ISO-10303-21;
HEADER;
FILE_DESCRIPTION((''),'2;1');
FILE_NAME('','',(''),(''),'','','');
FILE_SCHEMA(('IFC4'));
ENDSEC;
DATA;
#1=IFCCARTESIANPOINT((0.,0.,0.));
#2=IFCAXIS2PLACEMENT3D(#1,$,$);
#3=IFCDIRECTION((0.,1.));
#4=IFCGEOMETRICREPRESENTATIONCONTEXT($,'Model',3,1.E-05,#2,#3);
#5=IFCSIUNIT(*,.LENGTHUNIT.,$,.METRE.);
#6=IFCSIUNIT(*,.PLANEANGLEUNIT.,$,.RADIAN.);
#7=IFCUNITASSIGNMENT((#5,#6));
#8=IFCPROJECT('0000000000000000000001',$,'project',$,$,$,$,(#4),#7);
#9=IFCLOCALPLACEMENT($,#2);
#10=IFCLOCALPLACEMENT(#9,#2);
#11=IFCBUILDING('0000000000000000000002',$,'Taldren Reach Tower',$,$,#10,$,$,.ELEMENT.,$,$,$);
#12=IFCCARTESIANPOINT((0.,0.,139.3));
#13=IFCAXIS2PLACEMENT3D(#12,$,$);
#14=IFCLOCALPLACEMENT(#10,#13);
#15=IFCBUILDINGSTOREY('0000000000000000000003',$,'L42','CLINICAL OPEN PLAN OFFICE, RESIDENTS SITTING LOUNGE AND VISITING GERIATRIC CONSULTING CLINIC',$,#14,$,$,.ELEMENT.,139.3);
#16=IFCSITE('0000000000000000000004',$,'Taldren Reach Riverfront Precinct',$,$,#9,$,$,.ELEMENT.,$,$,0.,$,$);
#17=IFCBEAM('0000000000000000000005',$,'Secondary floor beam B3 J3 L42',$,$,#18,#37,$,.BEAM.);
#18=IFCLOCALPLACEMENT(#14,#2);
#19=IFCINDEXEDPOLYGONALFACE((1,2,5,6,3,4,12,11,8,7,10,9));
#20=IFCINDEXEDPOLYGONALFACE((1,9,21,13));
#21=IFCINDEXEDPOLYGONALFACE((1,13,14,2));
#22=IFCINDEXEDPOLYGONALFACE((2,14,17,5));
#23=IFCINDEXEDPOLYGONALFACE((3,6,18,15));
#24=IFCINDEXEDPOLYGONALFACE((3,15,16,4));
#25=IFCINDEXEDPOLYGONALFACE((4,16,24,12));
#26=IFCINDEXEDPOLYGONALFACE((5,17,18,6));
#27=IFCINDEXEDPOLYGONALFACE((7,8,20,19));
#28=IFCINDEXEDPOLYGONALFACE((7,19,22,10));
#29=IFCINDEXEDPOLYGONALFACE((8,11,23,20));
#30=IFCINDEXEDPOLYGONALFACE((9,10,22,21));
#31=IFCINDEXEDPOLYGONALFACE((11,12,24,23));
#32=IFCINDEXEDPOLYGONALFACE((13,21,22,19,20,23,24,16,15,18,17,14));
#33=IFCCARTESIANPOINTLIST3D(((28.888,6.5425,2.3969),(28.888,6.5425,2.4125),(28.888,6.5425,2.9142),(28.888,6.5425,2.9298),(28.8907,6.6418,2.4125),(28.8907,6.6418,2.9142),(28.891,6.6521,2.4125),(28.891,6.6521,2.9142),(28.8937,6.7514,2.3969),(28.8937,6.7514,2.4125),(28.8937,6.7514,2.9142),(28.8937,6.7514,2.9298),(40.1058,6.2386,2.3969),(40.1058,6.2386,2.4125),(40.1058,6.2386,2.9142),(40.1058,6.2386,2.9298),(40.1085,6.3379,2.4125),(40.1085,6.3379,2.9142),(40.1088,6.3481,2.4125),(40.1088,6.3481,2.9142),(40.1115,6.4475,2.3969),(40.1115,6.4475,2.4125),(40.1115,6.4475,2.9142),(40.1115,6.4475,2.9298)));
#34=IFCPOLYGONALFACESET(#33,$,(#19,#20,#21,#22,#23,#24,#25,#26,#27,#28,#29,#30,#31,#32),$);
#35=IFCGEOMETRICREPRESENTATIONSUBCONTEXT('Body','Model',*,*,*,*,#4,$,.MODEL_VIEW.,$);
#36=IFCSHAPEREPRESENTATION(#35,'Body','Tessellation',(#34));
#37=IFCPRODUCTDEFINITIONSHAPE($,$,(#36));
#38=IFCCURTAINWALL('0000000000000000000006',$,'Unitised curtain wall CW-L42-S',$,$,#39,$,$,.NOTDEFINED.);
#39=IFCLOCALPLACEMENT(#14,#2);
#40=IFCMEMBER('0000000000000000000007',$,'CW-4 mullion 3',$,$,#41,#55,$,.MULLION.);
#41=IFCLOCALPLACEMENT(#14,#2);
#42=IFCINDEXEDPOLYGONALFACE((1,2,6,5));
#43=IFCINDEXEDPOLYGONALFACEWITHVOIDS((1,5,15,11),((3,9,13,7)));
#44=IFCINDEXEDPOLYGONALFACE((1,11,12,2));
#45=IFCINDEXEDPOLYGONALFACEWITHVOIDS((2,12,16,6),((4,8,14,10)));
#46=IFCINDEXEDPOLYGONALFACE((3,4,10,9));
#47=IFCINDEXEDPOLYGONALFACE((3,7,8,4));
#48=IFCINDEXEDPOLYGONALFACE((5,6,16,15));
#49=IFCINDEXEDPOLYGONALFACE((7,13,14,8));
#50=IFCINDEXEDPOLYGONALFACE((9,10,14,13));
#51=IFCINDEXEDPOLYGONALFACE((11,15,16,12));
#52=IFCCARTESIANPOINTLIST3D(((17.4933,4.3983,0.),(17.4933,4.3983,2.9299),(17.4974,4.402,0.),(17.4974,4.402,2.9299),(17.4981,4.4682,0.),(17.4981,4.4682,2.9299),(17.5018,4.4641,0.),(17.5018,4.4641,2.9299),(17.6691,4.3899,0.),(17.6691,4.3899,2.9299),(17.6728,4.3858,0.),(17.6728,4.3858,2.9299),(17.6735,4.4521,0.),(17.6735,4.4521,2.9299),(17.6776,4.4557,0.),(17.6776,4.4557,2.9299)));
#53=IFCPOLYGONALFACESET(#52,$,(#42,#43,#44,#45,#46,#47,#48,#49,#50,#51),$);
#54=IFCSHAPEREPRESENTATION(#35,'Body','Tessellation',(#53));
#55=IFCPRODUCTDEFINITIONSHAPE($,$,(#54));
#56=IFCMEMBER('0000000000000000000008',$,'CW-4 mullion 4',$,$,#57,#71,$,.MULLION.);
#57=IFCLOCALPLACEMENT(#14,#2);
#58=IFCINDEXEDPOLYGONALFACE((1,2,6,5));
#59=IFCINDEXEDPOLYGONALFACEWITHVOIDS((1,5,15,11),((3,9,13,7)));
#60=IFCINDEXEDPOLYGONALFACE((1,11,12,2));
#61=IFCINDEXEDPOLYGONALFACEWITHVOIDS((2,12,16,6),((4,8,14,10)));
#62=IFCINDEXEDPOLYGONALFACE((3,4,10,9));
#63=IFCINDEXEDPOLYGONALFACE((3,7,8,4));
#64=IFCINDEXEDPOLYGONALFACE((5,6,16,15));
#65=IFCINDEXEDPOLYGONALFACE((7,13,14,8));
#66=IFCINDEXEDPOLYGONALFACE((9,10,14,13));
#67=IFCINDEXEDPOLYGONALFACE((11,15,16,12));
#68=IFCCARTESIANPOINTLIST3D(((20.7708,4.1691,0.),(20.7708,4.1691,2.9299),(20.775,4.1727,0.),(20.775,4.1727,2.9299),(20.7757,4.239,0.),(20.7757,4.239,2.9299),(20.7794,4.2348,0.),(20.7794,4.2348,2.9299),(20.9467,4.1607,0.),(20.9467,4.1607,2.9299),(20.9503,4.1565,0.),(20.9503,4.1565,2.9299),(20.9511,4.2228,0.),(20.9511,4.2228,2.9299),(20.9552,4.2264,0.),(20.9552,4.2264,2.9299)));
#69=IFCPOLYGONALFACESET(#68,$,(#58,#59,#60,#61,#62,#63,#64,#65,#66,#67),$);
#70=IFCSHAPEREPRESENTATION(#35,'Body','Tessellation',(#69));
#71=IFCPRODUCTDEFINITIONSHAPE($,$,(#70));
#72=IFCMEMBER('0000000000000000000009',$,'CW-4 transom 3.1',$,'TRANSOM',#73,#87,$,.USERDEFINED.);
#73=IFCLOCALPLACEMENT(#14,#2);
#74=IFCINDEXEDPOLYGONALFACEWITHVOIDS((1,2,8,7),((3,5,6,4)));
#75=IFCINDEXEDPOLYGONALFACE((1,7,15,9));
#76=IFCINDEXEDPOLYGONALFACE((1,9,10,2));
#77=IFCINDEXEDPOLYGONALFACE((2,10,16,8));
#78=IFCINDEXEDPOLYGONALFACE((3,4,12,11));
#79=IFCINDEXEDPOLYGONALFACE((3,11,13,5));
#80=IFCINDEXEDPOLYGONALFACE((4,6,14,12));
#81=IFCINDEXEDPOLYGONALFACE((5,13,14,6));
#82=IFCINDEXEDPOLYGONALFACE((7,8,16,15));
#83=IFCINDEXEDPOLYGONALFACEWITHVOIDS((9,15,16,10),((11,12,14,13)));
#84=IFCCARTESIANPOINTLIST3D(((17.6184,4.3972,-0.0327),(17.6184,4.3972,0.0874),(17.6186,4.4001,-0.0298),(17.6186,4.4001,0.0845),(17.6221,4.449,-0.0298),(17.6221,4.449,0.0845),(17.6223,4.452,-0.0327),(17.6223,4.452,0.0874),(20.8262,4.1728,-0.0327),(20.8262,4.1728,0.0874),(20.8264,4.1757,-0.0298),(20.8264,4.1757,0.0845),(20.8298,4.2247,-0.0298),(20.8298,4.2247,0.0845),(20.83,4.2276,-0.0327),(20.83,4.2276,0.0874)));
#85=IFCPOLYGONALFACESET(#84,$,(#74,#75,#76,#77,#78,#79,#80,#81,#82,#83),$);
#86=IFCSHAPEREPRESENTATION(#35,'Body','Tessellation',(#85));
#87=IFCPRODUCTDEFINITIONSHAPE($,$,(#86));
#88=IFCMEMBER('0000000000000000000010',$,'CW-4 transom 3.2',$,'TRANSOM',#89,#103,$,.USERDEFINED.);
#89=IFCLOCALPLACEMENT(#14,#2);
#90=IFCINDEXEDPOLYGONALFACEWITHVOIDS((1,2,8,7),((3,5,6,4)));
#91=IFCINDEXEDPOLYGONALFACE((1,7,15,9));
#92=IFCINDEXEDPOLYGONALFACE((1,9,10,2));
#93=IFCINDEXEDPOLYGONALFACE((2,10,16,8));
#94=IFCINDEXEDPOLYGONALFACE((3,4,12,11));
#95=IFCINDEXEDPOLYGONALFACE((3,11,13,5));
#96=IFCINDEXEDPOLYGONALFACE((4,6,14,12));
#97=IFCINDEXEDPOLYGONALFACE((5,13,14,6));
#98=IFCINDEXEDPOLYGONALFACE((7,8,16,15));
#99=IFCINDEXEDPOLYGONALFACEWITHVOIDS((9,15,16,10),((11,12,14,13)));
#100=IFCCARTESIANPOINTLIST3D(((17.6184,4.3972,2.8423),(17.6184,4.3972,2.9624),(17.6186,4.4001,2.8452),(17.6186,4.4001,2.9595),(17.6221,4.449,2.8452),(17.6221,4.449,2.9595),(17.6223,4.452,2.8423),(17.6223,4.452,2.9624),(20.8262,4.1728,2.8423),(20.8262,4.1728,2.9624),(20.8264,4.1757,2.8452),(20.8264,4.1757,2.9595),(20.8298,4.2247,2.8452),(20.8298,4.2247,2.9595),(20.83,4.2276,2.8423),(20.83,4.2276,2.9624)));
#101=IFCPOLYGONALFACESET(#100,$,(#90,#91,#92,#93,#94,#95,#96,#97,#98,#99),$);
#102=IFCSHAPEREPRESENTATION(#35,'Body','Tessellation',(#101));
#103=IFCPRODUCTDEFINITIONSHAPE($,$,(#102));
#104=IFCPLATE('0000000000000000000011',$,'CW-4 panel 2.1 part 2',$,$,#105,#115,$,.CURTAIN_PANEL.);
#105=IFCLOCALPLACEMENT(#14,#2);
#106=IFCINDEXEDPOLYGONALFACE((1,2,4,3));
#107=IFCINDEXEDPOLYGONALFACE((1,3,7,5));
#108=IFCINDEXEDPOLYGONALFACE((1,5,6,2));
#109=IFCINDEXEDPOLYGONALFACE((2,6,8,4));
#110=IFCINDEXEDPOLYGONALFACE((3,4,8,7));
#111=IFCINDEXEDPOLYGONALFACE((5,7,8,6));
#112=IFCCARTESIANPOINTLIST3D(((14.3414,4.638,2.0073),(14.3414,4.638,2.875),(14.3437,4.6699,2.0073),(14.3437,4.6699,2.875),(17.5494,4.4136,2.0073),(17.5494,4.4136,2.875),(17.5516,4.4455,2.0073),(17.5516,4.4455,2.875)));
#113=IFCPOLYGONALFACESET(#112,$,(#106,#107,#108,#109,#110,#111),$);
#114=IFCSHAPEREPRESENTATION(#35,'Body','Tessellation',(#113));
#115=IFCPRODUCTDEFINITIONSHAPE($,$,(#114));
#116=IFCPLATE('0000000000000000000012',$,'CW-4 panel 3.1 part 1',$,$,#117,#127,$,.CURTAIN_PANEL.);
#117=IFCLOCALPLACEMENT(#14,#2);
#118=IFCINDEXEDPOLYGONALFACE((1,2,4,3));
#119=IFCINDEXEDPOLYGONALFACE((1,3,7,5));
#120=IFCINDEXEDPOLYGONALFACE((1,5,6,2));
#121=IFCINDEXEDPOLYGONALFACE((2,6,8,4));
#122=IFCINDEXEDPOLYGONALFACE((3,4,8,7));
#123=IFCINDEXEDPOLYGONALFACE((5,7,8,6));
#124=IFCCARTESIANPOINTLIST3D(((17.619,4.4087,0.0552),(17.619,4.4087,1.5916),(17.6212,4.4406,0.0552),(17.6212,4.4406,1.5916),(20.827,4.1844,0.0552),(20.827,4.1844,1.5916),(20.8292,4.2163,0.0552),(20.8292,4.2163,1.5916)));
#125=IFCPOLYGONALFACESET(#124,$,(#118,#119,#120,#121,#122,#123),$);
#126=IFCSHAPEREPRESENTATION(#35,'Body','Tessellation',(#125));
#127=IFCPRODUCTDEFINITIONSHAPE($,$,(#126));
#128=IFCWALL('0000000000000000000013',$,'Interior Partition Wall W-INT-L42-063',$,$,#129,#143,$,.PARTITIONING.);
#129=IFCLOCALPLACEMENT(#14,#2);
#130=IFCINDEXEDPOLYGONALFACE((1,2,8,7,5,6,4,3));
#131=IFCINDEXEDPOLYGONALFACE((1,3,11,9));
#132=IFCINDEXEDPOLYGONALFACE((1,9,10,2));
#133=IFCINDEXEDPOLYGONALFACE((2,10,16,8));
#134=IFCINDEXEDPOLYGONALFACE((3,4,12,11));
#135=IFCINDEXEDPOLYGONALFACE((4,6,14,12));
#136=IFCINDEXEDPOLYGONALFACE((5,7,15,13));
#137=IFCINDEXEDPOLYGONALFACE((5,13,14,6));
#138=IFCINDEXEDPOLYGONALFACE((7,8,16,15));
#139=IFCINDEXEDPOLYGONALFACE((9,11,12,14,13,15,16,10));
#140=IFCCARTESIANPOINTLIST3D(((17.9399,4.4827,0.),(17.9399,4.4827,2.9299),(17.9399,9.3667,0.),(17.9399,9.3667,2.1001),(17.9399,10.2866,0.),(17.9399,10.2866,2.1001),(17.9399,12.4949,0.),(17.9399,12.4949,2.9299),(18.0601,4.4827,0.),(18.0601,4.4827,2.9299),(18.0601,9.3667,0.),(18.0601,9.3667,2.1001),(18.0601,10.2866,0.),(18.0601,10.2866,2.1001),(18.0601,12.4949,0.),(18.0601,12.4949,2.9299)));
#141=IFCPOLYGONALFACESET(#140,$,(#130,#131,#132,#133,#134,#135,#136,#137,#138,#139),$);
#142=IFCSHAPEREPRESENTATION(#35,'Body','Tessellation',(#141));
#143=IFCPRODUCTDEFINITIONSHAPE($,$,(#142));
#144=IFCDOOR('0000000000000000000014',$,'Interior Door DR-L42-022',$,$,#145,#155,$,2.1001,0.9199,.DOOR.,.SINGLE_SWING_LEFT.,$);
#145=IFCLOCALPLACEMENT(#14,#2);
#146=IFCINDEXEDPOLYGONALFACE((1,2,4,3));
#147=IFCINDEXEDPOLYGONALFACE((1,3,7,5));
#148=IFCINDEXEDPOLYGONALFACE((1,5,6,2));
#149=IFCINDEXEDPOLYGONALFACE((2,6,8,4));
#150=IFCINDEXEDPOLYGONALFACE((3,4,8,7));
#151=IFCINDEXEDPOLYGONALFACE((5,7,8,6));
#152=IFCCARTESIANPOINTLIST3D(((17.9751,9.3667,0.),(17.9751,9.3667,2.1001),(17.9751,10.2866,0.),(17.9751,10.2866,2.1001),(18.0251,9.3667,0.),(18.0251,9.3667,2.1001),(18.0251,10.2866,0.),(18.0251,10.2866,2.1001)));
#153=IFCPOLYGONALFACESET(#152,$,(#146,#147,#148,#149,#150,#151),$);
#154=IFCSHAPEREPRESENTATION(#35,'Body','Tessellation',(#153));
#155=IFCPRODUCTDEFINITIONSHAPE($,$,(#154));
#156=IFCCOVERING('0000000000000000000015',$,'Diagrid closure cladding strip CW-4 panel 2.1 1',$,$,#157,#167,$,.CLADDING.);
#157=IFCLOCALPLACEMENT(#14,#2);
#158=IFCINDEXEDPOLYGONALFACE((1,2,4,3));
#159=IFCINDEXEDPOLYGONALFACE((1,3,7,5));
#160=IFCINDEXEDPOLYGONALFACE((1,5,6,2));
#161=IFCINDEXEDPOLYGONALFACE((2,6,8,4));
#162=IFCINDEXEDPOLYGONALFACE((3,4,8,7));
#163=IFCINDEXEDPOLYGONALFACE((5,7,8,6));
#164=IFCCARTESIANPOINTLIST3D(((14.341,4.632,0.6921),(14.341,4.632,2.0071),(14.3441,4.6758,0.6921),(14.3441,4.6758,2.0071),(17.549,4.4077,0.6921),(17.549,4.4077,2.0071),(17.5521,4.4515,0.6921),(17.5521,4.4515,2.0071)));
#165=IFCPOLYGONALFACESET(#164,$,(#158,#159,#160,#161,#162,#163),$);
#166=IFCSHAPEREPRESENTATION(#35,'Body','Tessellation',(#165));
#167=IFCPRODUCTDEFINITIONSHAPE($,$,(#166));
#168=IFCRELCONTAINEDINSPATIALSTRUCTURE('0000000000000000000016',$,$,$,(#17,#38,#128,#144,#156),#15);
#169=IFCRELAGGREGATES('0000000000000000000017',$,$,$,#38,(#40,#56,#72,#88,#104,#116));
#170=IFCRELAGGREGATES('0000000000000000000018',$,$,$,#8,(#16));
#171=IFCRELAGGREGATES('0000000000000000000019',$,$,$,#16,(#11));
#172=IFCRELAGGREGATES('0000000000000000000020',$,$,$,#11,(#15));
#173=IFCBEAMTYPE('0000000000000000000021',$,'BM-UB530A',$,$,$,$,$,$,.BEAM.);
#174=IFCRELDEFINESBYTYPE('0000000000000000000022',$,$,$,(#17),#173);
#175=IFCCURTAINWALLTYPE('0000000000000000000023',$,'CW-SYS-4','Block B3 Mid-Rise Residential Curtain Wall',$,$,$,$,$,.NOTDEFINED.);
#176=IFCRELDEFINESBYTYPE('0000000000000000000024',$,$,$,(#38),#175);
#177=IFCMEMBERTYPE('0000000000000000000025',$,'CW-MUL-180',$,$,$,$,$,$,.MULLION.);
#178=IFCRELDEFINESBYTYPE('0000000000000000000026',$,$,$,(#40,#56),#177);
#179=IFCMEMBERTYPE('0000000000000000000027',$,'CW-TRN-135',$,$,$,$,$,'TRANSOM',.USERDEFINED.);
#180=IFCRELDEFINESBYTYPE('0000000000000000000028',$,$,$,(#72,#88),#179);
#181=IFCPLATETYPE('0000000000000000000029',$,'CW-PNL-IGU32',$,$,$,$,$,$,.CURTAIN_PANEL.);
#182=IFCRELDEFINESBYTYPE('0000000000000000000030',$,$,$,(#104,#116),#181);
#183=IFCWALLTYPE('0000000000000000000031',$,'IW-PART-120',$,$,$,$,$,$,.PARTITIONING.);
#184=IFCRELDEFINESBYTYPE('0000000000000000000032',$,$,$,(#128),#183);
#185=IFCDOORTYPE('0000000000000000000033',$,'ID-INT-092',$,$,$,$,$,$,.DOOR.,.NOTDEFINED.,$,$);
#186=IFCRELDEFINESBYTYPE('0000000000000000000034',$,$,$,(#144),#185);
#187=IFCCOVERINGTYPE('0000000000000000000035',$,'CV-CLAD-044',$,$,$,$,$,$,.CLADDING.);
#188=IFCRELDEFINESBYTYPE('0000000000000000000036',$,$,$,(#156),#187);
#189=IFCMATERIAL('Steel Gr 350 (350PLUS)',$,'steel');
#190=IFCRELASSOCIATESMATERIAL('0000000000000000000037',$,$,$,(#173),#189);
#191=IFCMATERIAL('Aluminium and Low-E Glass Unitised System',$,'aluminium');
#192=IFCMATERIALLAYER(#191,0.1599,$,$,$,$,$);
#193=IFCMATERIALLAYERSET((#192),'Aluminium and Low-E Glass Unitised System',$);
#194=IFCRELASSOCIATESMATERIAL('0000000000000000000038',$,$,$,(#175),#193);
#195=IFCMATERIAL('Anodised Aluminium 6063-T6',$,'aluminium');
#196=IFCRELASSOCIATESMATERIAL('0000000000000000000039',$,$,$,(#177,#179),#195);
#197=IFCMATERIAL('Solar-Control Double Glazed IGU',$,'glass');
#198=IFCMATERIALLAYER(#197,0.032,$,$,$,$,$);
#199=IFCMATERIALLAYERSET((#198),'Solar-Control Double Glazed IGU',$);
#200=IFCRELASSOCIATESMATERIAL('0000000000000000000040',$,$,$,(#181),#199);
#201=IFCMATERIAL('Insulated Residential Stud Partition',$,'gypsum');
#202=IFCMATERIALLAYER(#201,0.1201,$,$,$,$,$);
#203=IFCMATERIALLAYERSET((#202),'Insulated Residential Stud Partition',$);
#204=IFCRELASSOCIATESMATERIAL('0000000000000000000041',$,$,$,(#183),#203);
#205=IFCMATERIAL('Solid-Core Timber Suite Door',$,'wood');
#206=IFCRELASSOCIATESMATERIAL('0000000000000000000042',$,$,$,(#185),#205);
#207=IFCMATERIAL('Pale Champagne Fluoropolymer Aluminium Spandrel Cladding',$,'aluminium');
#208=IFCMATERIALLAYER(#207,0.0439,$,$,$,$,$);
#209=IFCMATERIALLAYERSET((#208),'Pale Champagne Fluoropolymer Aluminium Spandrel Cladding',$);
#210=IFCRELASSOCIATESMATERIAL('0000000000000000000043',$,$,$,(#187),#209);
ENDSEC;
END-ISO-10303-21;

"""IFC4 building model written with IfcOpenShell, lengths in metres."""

from ifc_helpers import new_model, si_unit, direction, frame, frame_2d, origin, origin_2d, place, context, subcontext, project, spatial, rectangle, hollow_rectangle, i_section, extrude, source, transform, mapped, material, layer, layer_set, material_profile, profile_set, type_object, element, fill, aggregate, save


model = new_model("IFC4")

# Units and contexts
model_context = context("Model", 3, precision=1e-05, world=origin(), true_north=direction((0.0, 1.0)))
body_context = subcontext(model_context, "Body", "Model", "MODEL_VIEW")
ifc_project = project(units=[si_unit("LENGTHUNIT", "METRE"), si_unit("PLANEANGLEUNIT", "RADIAN")], contexts=[model_context])

# Site, building, storey
site_placement = place(None, origin())
site = spatial("IfcSite", under=ifc_project, at=site_placement, Name="Taldren Reach Riverfront Precinct", CompositionType="ELEMENT", RefElevation=0.0)
building_placement = place(site_placement, origin())
building = spatial("IfcBuilding", under=site, at=building_placement, Name="Taldren Reach Tower", CompositionType="ELEMENT")
storey_placement = place(building_placement, frame((0.0, 0.0, 139.3)))
storey = spatial("IfcBuildingStorey", under=building, at=storey_placement, Name="L42", Description="CLINICAL OPEN PLAN OFFICE, RESIDENTS SITTING LOUNGE AND VISITING GERIATRIC CONSULTING CLINIC", CompositionType="ELEMENT", Elevation=139.3)

# Shared definitions
ifc_material_1 = material(Name="Steel Gr 350 (350PLUS)", Category="steel")

# Beam
ifc_material_profile_1 = material_profile(ifc_material_1, i_section(OverallWidth=0.209, OverallDepth=0.533, WebThickness=0.0103, FlangeThickness=0.0156, at=origin_2d()), Name="530UB92.4")
ifc_profile_set_1 = profile_set([ifc_material_profile_1], Name="Steel Gr 350 (350PLUS)")
beam_type_1 = type_object("IfcBeamType", Name="BM-UB530A", PredefinedType="BEAM", material=ifc_profile_set_1)
shared_shape_1 = source(origin(), body_context, "Body", "SweptSolid", [
    extrude(i_section(OverallWidth=0.209, OverallDepth=0.533, WebThickness=0.0103, FlangeThickness=0.0156, at=origin_2d()), origin(), (0.0, 0.0, 1.0), 11.2219),
])
beam_1_placement = place(storey_placement, frame((28.8909, 6.647, 2.6633), z_axis=(0.999633, -0.027086, 0.0), x_axis=(0.027086, 0.999633, 0.0)))
element("IfcBeam", 1, at=beam_1_placement, inside=storey, type_object=beam_type_1, Name="Secondary floor beam B3 J3 L42", PredefinedType="BEAM", context=body_context, shape_type="MappedRepresentation", body=[
    mapped(shared_shape_1, transform((0.0, 0.0, 0.0), scale=1.0)),
])

# Curtain wall, members, plates
ifc_material_2 = material(Name="Aluminium and Low-E Glass Unitised System", Category="aluminium")
ifc_layer_1 = layer(ifc_material_2, 0.1599)
ifc_layer_set_1 = layer_set([ifc_layer_1], Name="Aluminium and Low-E Glass Unitised System")
curtain_wall_type = type_object("IfcCurtainWallType", Name="CW-SYS-4", Description="Block B3 Mid-Rise Residential Curtain Wall", PredefinedType="NOTDEFINED", material=ifc_layer_set_1)
curtain_wall_placement = place(storey_placement, origin())
curtain_wall = element("IfcCurtainWall", 2, at=curtain_wall_placement, inside=storey, type_object=curtain_wall_type, Name="Unitised curtain wall CW-L42-S", PredefinedType="NOTDEFINED")
ifc_material_3 = material(Name="Anodised Aluminium 6063-T6", Category="aluminium")
ifc_material_profile_2 = material_profile(ifc_material_3, hollow_rectangle(XDim=0.0701, YDim=0.1799, WallThickness=0.0039, at=origin_2d()), Name="ALU-180x70x4RHS")
ifc_profile_set_2 = profile_set([ifc_material_profile_2], Name="Anodised Aluminium 6063-T6")
member_type_1 = type_object("IfcMemberType", Name="CW-MUL-180", PredefinedType="MULLION", material=ifc_profile_set_2)
shared_shape_2 = source(origin(), body_context, "Body", "SweptSolid", [
    extrude(hollow_rectangle(XDim=0.0701, YDim=0.1799, WallThickness=0.0039, at=origin_2d()), origin(), (0.0, 0.0, 1.0), 2.9299),
])
member_1_placement = place(storey_placement, frame((17.5854, 4.427, 0.0), z_axis=(0.0, 0.0, 1.0), x_axis=(0.069757, 0.997564, 0.0)))
member_1 = element("IfcMember", 3, at=member_1_placement, type_object=member_type_1, Name="CW-4 mullion 3", PredefinedType="MULLION", context=body_context, shape_type="MappedRepresentation", body=[
    mapped(shared_shape_2, transform((0.0, 0.0, 0.0), scale=1.0)),
])
member_2_placement = place(storey_placement, frame((20.863, 4.1978, 0.0), z_axis=(0.0, 0.0, 1.0), x_axis=(0.069757, 0.997564, 0.0)))
member_2 = element("IfcMember", 4, at=member_2_placement, type_object=member_type_1, Name="CW-4 mullion 4", PredefinedType="MULLION", context=body_context, shape_type="MappedRepresentation", body=[
    mapped(shared_shape_2, transform((0.0, 0.0, 0.0), scale=1.0)),
])
ifc_material_profile_3 = material_profile(ifc_material_3, hollow_rectangle(XDim=0.0549, YDim=0.1201, WallThickness=0.0029, at=origin_2d()), Name="ALU-120x55x3RHS")
ifc_profile_set_3 = profile_set([ifc_material_profile_3], Name="Anodised Aluminium 6063-T6")
member_type_2 = type_object("IfcMemberType", Name="CW-TRN-135", ElementType="TRANSOM", PredefinedType="USERDEFINED", material=ifc_profile_set_3)
shared_shape_3 = source(origin(), body_context, "Body", "SweptSolid", [
    extrude(hollow_rectangle(XDim=0.0549, YDim=0.1201, WallThickness=0.0029, at=origin_2d()), origin(), (0.0, 0.0, 1.0), 3.2156),
])
member_3_placement = place(storey_placement, frame((17.6204, 4.4246, 0.0273), z_axis=(0.997563, -0.069774, 0.0), x_axis=(0.069774, 0.997563, 0.0)))
member_3 = element("IfcMember", 5, at=member_3_placement, type_object=member_type_2, Name="CW-4 transom 3.1", ObjectType="TRANSOM", PredefinedType="USERDEFINED", context=body_context, shape_type="MappedRepresentation", body=[
    mapped(shared_shape_3, transform((0.0, 0.0, 0.0), scale=1.0)),
])
member_4_placement = place(storey_placement, frame((17.6204, 4.4246, 2.9023), z_axis=(0.997563, -0.069774, 0.0), x_axis=(0.069774, 0.997563, 0.0)))
member_4 = element("IfcMember", 6, at=member_4_placement, type_object=member_type_2, Name="CW-4 transom 3.2", ObjectType="TRANSOM", PredefinedType="USERDEFINED", context=body_context, shape_type="MappedRepresentation", body=[
    mapped(shared_shape_3, transform((0.0, 0.0, 0.0), scale=1.0)),
])
ifc_material_4 = material(Name="Solar-Control Double Glazed IGU", Category="glass")
ifc_layer_2 = layer(ifc_material_4, 0.032)
ifc_layer_set_2 = layer_set([ifc_layer_2], Name="Solar-Control Double Glazed IGU")
plate_type = type_object("IfcPlateType", Name="CW-PNL-IGU32", PredefinedType="CURTAIN_PANEL", material=ifc_layer_set_2)
shared_shape_4 = source(origin(), body_context, "Body", "SweptSolid", [
    extrude(rectangle(XDim=3.2158, YDim=0.032, at=origin_2d()), origin(), (0.0, 0.0, 1.0), 0.8677),
])
plate_1_placement = place(storey_placement, frame((15.9465, 4.5417, 2.0073), z_axis=(0.0, 0.0, 1.0), x_axis=(0.997564, -0.069757, 0.0)))
plate_1 = element("IfcPlate", 7, at=plate_1_placement, type_object=plate_type, Name="CW-4 panel 2.1 part 2", PredefinedType="CURTAIN_PANEL", context=body_context, shape_type="MappedRepresentation", body=[
    mapped(shared_shape_4, transform((0.0, 0.0, 0.0), scale=1.0)),
])
shared_shape_5 = source(origin(), body_context, "Body", "SweptSolid", [
    extrude(rectangle(XDim=3.2158, YDim=0.032, at=origin_2d()), origin(), (0.0, 0.0, 1.0), 1.5364),
])
plate_2_placement = place(storey_placement, frame((19.2241, 4.3125, 0.0552), z_axis=(0.0, 0.0, 1.0), x_axis=(0.997564, -0.069757, 0.0)))
plate_2 = element("IfcPlate", 8, at=plate_2_placement, type_object=plate_type, Name="CW-4 panel 3.1 part 1", PredefinedType="CURTAIN_PANEL", context=body_context, shape_type="MappedRepresentation", body=[
    mapped(shared_shape_5, transform((0.0, 0.0, 0.0), scale=1.0)),
])
aggregate(curtain_wall, [member_1, member_2, member_3, member_4, plate_1, plate_2])

# Wall, opening, door
ifc_material_5 = material(Name="Insulated Residential Stud Partition", Category="gypsum")
ifc_layer_3 = layer(ifc_material_5, 0.1201)
ifc_layer_set_3 = layer_set([ifc_layer_3], Name="Insulated Residential Stud Partition")
wall_type = type_object("IfcWallType", Name="IW-PART-120", PredefinedType="PARTITIONING", material=ifc_layer_set_3)
shared_shape_6 = source(origin(), body_context, "Body", "SweptSolid", [
    extrude(rectangle(XDim=8.0122, YDim=0.1201, at=frame_2d((4.0061, 0.0))), origin(), (0.0, 0.0, 1.0), 2.9299),
])
wall_placement = place(storey_placement, frame((18.0, 4.4827, 0.0), z_axis=(0.0, 0.0, 1.0), x_axis=(0.0, 1.0, 0.0)))
wall = element("IfcWall", 9, at=wall_placement, inside=storey, type_object=wall_type, Name="Interior Partition Wall W-INT-L42-063", PredefinedType="PARTITIONING", context=body_context, shape_type="MappedRepresentation", body=[
    mapped(shared_shape_6, transform((0.0, 0.0, 0.0), scale=1.0)),
])
shared_shape_7 = source(origin(), body_context, "Body", "SweptSolid", [
    extrude(rectangle(XDim=0.9199, YDim=2.1001, at=frame_2d((0.46, 1.05))), frame((0.0, 0.0701, 0.0), z_axis=(0.0, -1.0, 0.0), x_axis=(1.0, 0.0, 0.0)), (0.0, 0.0, 1.0), 0.1401),
])
opening_placement = place(wall_placement, frame((4.884, 0.0, 0.0)))
opening = element("IfcOpeningElement", 10, at=opening_placement, cuts=wall, PredefinedType="OPENING", context=body_context, shape_type="MappedRepresentation", body=[
    mapped(shared_shape_7, transform((0.0, 0.0, 0.0), scale=1.0)),
])
ifc_material_6 = material(Name="Solid-Core Timber Suite Door", Category="wood")
door_type = type_object("IfcDoorType", Name="ID-INT-092", OperationType="NOTDEFINED", PredefinedType="DOOR", material=ifc_material_6)
shared_shape_8 = source(origin(), body_context, "Body", "SweptSolid", [
    extrude(rectangle(XDim=0.9199, YDim=2.1001, at=frame_2d((0.46, 1.05))), frame((0.0, 0.0249, 0.0), z_axis=(0.0, -1.0, 0.0), x_axis=(1.0, 0.0, 0.0)), (0.0, 0.0, 1.0), 0.05),
])
door_placement = place(opening_placement, origin())
door = element("IfcDoor", 11, at=door_placement, inside=storey, type_object=door_type, Name="Interior Door DR-L42-022", OperationType="SINGLE_SWING_LEFT", OverallHeight=2.1001, OverallWidth=0.9199, PredefinedType="DOOR", context=body_context, shape_type="MappedRepresentation", body=[
    mapped(shared_shape_8, transform((0.0, 0.0, 0.0), scale=1.0)),
])
fill(opening, door)

# Covering
ifc_material_7 = material(Name="Pale Champagne Fluoropolymer Aluminium Spandrel Cladding", Category="aluminium")
ifc_layer_4 = layer(ifc_material_7, 0.0439)
ifc_layer_set_4 = layer_set([ifc_layer_4], Name="Pale Champagne Fluoropolymer Aluminium Spandrel Cladding")
covering_type = type_object("IfcCoveringType", Name="CV-CLAD-044", PredefinedType="CLADDING", material=ifc_layer_set_4)
shared_shape_9 = source(origin(), body_context, "Body", "SweptSolid", [
    extrude(rectangle(XDim=3.2158, YDim=0.0439, at=origin_2d()), origin(), (0.0, 0.0, 1.0), 1.3149),
])
covering_1_placement = place(storey_placement, frame((15.9465, 4.5417, 0.6921), z_axis=(0.0, 0.0, 1.0), x_axis=(0.997564, -0.069757, 0.0)))
element("IfcCovering", 12, at=covering_1_placement, inside=storey, type_object=covering_type, Name="Diagrid closure cladding strip CW-4 panel 2.1 1", PredefinedType="CLADDING", context=body_context, shape_type="MappedRepresentation", body=[
    mapped(shared_shape_9, transform((0.0, 0.0, 0.0), scale=1.0)),
])

save(model, "model.ifc")
